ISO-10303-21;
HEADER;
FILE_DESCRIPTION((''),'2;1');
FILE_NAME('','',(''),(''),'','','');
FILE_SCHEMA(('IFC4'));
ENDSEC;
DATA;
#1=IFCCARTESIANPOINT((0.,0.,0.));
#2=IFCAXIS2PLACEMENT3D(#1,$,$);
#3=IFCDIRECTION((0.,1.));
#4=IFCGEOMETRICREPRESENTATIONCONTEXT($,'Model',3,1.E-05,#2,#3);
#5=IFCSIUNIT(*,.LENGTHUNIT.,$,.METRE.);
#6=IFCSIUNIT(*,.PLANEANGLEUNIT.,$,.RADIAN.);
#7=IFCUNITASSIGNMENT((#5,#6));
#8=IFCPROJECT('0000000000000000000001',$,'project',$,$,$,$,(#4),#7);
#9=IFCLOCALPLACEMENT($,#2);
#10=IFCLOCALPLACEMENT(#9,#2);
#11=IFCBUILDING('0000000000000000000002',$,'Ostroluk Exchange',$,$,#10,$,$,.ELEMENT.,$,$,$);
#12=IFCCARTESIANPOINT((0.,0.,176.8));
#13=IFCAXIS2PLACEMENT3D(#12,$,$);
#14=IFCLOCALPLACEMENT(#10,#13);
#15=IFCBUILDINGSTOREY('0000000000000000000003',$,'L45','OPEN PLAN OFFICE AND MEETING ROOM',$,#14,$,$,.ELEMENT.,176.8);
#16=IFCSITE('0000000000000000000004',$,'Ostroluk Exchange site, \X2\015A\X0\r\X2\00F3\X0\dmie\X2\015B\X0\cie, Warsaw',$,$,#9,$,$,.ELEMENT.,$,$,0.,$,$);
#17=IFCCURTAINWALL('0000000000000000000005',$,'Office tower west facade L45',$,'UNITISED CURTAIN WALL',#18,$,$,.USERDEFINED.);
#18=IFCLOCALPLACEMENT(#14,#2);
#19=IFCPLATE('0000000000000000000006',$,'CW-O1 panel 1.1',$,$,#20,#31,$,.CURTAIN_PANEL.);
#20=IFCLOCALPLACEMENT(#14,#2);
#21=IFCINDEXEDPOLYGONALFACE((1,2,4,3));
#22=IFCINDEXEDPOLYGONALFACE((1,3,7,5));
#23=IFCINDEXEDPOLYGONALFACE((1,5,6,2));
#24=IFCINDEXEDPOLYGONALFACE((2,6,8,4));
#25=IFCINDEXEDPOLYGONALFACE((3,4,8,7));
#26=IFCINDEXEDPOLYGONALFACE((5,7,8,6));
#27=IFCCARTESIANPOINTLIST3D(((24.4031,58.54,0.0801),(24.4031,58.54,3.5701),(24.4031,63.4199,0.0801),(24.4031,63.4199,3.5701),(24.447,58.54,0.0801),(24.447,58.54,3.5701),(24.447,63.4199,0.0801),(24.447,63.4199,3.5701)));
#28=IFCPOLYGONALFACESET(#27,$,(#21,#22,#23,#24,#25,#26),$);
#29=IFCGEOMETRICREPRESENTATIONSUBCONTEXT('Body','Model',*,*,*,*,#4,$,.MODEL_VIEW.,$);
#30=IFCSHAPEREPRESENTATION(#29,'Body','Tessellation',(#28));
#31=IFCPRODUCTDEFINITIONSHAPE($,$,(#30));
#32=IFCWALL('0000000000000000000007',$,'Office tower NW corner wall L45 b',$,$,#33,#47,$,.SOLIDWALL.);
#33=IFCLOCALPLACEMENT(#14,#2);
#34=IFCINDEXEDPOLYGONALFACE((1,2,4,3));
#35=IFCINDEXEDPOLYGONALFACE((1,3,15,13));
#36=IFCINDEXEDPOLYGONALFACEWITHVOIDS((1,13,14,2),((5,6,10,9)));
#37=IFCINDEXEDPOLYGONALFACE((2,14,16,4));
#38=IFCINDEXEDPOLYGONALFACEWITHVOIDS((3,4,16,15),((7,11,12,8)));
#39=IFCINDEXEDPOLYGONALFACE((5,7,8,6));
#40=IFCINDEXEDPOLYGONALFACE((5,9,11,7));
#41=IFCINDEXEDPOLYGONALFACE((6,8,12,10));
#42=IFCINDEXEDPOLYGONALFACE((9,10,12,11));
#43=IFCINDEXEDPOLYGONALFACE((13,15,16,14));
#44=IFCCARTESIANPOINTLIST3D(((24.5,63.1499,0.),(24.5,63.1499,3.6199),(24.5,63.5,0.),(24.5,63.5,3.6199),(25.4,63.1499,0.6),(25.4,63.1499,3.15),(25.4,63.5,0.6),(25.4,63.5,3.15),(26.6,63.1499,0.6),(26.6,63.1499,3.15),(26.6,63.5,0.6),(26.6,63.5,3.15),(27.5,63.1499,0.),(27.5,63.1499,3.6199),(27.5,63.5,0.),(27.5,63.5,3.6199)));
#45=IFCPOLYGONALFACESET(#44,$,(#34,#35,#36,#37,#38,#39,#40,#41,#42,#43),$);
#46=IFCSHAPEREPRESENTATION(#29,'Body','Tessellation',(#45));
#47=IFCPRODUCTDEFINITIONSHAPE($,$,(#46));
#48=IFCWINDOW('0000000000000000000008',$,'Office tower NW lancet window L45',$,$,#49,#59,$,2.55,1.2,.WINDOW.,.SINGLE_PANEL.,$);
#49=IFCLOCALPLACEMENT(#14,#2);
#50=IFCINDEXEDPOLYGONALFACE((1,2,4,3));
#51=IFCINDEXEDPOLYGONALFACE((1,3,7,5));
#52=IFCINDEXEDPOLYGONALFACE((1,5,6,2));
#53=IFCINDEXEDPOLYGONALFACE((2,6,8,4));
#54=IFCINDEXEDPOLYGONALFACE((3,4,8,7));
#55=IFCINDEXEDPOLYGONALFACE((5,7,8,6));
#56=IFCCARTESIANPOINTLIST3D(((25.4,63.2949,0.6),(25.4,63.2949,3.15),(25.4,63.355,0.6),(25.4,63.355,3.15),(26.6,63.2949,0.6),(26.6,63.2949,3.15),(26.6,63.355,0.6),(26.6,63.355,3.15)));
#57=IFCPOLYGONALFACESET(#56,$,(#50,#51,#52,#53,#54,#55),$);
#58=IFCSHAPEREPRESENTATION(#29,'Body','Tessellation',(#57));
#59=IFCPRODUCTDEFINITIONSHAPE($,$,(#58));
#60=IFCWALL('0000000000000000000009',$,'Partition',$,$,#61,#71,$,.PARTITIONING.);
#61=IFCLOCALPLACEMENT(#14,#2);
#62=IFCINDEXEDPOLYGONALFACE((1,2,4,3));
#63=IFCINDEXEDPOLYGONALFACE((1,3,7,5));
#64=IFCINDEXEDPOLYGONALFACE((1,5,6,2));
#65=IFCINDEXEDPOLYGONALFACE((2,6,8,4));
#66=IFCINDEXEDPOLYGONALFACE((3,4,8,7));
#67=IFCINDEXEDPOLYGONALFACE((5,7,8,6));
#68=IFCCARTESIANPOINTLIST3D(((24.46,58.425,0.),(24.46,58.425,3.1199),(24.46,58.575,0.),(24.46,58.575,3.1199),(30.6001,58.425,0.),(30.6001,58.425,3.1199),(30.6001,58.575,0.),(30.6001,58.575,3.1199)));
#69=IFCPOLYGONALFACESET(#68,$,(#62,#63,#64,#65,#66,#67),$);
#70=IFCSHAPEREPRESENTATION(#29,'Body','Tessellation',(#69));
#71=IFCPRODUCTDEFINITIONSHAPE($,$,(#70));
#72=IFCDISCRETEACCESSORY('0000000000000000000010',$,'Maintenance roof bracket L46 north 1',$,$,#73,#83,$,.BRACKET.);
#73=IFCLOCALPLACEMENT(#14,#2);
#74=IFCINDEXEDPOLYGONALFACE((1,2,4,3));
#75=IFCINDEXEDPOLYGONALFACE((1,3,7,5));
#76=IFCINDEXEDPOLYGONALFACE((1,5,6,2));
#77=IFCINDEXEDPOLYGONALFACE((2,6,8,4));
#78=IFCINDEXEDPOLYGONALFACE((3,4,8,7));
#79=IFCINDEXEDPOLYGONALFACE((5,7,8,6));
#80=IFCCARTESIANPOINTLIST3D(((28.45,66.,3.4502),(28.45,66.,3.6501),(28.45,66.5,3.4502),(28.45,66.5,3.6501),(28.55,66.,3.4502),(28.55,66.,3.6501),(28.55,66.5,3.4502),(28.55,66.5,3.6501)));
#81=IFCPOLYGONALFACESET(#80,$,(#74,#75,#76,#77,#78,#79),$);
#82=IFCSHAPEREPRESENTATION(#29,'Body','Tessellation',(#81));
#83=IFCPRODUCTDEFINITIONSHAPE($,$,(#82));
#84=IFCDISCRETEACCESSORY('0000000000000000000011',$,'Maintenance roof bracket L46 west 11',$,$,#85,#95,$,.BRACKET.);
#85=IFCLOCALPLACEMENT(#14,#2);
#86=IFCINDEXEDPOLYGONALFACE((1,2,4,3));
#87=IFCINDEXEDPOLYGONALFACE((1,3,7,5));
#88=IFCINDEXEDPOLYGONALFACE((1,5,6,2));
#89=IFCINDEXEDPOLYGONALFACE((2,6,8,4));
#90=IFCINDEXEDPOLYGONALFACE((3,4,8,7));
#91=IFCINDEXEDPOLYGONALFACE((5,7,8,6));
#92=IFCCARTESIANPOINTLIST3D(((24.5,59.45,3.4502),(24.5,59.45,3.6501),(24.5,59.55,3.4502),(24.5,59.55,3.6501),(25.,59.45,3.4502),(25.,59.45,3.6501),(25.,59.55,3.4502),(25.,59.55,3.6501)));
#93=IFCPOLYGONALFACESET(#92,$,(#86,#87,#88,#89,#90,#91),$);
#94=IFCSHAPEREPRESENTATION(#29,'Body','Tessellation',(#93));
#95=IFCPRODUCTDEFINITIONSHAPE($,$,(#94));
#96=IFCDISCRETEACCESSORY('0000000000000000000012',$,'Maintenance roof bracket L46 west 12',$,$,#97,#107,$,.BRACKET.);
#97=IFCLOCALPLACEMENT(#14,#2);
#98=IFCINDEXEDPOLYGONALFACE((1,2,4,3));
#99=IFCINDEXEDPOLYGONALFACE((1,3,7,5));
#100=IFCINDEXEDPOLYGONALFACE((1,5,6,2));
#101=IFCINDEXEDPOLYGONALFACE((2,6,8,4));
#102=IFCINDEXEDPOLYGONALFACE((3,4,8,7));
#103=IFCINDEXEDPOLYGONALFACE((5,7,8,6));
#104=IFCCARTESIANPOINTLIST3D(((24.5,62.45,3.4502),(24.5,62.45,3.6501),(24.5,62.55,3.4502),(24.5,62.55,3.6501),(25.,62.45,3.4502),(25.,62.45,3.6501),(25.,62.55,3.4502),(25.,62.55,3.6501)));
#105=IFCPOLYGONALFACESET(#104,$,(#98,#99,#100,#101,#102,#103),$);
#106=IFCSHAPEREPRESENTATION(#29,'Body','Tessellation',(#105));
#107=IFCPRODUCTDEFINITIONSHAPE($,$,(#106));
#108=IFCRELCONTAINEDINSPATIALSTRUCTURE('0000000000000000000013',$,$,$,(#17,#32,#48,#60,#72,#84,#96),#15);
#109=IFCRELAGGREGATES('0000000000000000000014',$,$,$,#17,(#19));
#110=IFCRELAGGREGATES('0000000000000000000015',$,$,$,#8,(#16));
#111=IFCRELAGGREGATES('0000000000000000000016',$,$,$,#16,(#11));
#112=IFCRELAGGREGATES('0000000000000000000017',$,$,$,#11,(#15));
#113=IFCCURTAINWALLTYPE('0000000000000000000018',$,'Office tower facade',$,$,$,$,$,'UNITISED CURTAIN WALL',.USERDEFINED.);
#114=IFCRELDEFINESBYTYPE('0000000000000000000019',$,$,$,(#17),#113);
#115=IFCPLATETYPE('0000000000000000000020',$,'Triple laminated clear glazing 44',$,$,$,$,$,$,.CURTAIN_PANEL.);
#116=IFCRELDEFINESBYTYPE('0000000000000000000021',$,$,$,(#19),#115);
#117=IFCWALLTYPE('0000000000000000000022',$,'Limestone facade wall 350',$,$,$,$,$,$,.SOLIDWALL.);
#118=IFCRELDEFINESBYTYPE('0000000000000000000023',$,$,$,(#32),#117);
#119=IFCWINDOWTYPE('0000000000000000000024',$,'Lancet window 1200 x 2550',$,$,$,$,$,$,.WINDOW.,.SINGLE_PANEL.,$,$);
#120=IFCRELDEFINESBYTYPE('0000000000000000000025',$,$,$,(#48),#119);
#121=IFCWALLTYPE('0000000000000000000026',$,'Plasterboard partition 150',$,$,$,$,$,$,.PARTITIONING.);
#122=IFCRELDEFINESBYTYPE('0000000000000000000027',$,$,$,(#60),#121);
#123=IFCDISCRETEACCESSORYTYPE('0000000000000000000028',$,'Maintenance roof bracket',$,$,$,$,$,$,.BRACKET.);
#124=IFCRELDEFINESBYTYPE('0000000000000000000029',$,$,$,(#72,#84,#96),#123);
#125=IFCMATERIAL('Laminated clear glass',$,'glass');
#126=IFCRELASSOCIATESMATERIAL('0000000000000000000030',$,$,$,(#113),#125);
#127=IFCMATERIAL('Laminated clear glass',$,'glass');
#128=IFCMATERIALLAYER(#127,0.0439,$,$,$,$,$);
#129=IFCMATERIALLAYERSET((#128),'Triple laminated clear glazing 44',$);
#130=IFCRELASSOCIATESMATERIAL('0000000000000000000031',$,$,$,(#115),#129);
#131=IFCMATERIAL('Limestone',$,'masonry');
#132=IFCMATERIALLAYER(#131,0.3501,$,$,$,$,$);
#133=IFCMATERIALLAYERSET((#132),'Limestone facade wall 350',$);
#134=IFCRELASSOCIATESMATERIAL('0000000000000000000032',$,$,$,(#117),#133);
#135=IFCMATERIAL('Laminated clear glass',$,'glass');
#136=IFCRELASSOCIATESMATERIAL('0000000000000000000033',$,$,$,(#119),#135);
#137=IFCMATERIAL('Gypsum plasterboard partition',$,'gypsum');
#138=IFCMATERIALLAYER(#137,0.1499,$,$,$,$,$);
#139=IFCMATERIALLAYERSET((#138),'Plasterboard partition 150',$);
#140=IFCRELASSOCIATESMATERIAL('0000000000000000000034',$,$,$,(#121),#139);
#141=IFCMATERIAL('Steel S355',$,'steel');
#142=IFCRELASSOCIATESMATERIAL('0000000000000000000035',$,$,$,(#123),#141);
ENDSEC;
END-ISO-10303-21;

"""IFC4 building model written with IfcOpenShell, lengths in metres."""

from ifc_helpers import new_model, si_unit, direction, frame, frame_2d, origin, origin_2d, place, context, subcontext, project, spatial, rectangle, extrude, material, layer, layer_set, type_object, element, fill, aggregate, save


model = new_model("IFC4")

# Units and contexts
model_context = context("Model", 3, precision=1e-05, world=origin(), true_north=direction((0.0, 1.0)))
body_context = subcontext(model_context, "Body", "Model", "MODEL_VIEW")
ifc_project = project(units=[si_unit("LENGTHUNIT", "METRE"), si_unit("PLANEANGLEUNIT", "RADIAN")], contexts=[model_context])

# Site, building, storey
site_placement = place(None, origin())
site = spatial("IfcSite", under=ifc_project, at=site_placement, Name="Ostroluk Exchange site, Śródmieście, Warsaw", CompositionType="ELEMENT", RefElevation=0.0)
building_placement = place(site_placement, origin())
building = spatial("IfcBuilding", under=site, at=building_placement, Name="Ostroluk Exchange", CompositionType="ELEMENT")
storey_placement = place(building_placement, frame((0.0, 0.0, 176.8)))
storey = spatial("IfcBuildingStorey", under=building, at=storey_placement, Name="L45", Description="OPEN PLAN OFFICE AND MEETING ROOM", CompositionType="ELEMENT", Elevation=176.8)

# Curtain wall
ifc_material_1 = material(Name="Laminated clear glass", Category="glass")
curtain_wall_type = type_object("IfcCurtainWallType", Name="Office tower facade", ElementType="UNITISED CURTAIN WALL", PredefinedType="USERDEFINED", material=ifc_material_1)
curtain_wall_1_placement = place(storey_placement, origin())
curtain_wall_1 = element("IfcCurtainWall", 1, at=curtain_wall_1_placement, inside=storey, type_object=curtain_wall_type, Name="Office tower west facade L45", ObjectType="UNITISED CURTAIN WALL", PredefinedType="USERDEFINED")

# Plate
ifc_material_2 = material(Name="Laminated clear glass", Category="glass")
ifc_layer_1 = layer(ifc_material_2, 0.0439)
ifc_layer_set_1 = layer_set([ifc_layer_1], Name="Triple laminated clear glazing 44")
plate_type_1 = type_object("IfcPlateType", Name="Triple laminated clear glazing 44", PredefinedType="CURTAIN_PANEL", material=ifc_layer_set_1)
plate_1_placement = place(storey_placement, frame((24.425, 60.98, 0.0801), z_axis=(0.0, 0.0, 1.0), x_axis=(0.0, -1.0, 0.0)))
plate_1 = element("IfcPlate", 2, at=plate_1_placement, type_object=plate_type_1, Name="CW-O1 panel 1.1", PredefinedType="CURTAIN_PANEL", context=body_context, shape_type="SweptSolid", body=[
    extrude(rectangle(XDim=4.8799, YDim=0.0439, at=origin_2d()), origin(), (0.0, 0.0, 1.0), 3.49),
])
aggregate(curtain_wall_1, [plate_1])

# Shared definitions
ifc_material_3 = material(Name="Limestone", Category="masonry")
ifc_layer_2 = layer(ifc_material_3, 0.3501)
ifc_layer_set_2 = layer_set([ifc_layer_2], Name="Limestone facade wall 350")
wall_type_1 = type_object("IfcWallType", Name="Limestone facade wall 350", PredefinedType="SOLIDWALL", material=ifc_layer_set_2)

# Wall, opening, window
wall_1_placement = place(storey_placement, frame((27.5, 63.325, 0.0), z_axis=(0.0, 0.0, 1.0), x_axis=(-1.0, 0.0, 0.0)))
wall_1 = element("IfcWall", 3, at=wall_1_placement, inside=storey, type_object=wall_type_1, Name="Office tower NW corner wall L45 b", PredefinedType="SOLIDWALL", context=body_context, shape_type="SweptSolid", body=[
    extrude(rectangle(XDim=3.0, YDim=0.3501, at=frame_2d((1.5, 0.0))), origin(), (0.0, 0.0, 1.0), 3.6199),
])
opening_1_placement = place(wall_1_placement, frame((0.8999, 0.0, 0.6001)))
opening_1 = element("IfcOpeningElement", 4, at=opening_1_placement, cuts=wall_1, PredefinedType="OPENING", context=body_context, shape_type="SweptSolid", body=[
    extrude(rectangle(XDim=1.2, YDim=2.55, at=frame_2d((0.6001, 1.2749))), frame((0.0, 0.1851, 0.0), z_axis=(0.0, -1.0, 0.0), x_axis=(1.0, 0.0, 0.0)), (0.0, 0.0, 1.0), 0.3701),
])
ifc_material_4 = material(Name="Laminated clear glass", Category="glass")
window_type = type_object("IfcWindowType", Name="Lancet window 1200 x 2550", PartitioningType="SINGLE_PANEL", PredefinedType="WINDOW", material=ifc_material_4)
window_placement = place(opening_1_placement, origin())
window = element("IfcWindow", 5, at=window_placement, inside=storey, type_object=window_type, Name="Office tower NW lancet window L45", OverallHeight=2.55, OverallWidth=1.2, PartitioningType="SINGLE_PANEL", PredefinedType="WINDOW", context=body_context, shape_type="SweptSolid", body=[
    extrude(rectangle(XDim=1.2, YDim=2.55, at=frame_2d((0.6001, 1.2749))), frame((0.0, 0.03, 0.0), z_axis=(0.0, -1.0, 0.0), x_axis=(1.0, 0.0, 0.0)), (0.0, 0.0, 1.0), 0.0601),
])
fill(opening_1, window)

# Wall
ifc_material_5 = material(Name="Gypsum plasterboard partition", Category="gypsum")
ifc_layer_3 = layer(ifc_material_5, 0.1499)
ifc_layer_set_3 = layer_set([ifc_layer_3], Name="Plasterboard partition 150")
wall_type_2 = type_object("IfcWallType", Name="Plasterboard partition 150", PredefinedType="PARTITIONING", material=ifc_layer_set_3)
wall_2_placement = place(storey_placement, frame((30.6001, 58.5, 0.0), z_axis=(0.0, 0.0, 1.0), x_axis=(-1.0, 0.0, 0.0)))
element("IfcWall", 6, at=wall_2_placement, inside=storey, type_object=wall_type_2, Name="Partition", PredefinedType="PARTITIONING", context=body_context, shape_type="SweptSolid", body=[
    extrude(rectangle(XDim=6.1401, YDim=0.1499, at=frame_2d((3.0701, 0.0))), origin(), (0.0, 0.0, 1.0), 3.1199),
])

# Discrete accessories
ifc_material_6 = material(Name="Steel S355", Category="steel")
discrete_accessory_type = type_object("IfcDiscreteAccessoryType", Name="Maintenance roof bracket", PredefinedType="BRACKET", material=ifc_material_6)
discrete_accessory_placement = place(storey_placement, frame((28.5, 66.25, 3.4502), z_axis=(0.0, 0.0, 1.0), x_axis=(1.0, 0.0, 0.0)))
element("IfcDiscreteAccessory", 7, at=discrete_accessory_placement, inside=storey, type_object=discrete_accessory_type, Name="Maintenance roof bracket L46 north 1", PredefinedType="BRACKET", context=body_context, shape_type="SweptSolid", body=[
    extrude(rectangle(XDim=0.1001, YDim=0.5, at=origin_2d()), origin(), (0.0, 0.0, 1.0), 0.2),
])
for number, where, z_axis, x_axis, name in (
    (8, (24.75, 59.5, 3.4502), (0.0, 0.0, 1.0), (1.0, 0.0, 0.0), "Maintenance roof bracket L46 west 11"),
    (9, (24.75, 62.5, 3.4502), (0.0, 0.0, 1.0), (1.0, 0.0, 0.0), "Maintenance roof bracket L46 west 12"),
):
    element("IfcDiscreteAccessory", number, at=place(storey_placement, frame(where, z_axis=z_axis, x_axis=x_axis)), inside=storey, type_object=discrete_accessory_type, Name=name, PredefinedType="BRACKET", context=body_context, shape_type="SweptSolid", body=[
        extrude(rectangle(XDim=0.5, YDim=0.1001, at=origin_2d()), origin(), (0.0, 0.0, 1.0), 0.2),
    ])

save(model, "model.ifc")
